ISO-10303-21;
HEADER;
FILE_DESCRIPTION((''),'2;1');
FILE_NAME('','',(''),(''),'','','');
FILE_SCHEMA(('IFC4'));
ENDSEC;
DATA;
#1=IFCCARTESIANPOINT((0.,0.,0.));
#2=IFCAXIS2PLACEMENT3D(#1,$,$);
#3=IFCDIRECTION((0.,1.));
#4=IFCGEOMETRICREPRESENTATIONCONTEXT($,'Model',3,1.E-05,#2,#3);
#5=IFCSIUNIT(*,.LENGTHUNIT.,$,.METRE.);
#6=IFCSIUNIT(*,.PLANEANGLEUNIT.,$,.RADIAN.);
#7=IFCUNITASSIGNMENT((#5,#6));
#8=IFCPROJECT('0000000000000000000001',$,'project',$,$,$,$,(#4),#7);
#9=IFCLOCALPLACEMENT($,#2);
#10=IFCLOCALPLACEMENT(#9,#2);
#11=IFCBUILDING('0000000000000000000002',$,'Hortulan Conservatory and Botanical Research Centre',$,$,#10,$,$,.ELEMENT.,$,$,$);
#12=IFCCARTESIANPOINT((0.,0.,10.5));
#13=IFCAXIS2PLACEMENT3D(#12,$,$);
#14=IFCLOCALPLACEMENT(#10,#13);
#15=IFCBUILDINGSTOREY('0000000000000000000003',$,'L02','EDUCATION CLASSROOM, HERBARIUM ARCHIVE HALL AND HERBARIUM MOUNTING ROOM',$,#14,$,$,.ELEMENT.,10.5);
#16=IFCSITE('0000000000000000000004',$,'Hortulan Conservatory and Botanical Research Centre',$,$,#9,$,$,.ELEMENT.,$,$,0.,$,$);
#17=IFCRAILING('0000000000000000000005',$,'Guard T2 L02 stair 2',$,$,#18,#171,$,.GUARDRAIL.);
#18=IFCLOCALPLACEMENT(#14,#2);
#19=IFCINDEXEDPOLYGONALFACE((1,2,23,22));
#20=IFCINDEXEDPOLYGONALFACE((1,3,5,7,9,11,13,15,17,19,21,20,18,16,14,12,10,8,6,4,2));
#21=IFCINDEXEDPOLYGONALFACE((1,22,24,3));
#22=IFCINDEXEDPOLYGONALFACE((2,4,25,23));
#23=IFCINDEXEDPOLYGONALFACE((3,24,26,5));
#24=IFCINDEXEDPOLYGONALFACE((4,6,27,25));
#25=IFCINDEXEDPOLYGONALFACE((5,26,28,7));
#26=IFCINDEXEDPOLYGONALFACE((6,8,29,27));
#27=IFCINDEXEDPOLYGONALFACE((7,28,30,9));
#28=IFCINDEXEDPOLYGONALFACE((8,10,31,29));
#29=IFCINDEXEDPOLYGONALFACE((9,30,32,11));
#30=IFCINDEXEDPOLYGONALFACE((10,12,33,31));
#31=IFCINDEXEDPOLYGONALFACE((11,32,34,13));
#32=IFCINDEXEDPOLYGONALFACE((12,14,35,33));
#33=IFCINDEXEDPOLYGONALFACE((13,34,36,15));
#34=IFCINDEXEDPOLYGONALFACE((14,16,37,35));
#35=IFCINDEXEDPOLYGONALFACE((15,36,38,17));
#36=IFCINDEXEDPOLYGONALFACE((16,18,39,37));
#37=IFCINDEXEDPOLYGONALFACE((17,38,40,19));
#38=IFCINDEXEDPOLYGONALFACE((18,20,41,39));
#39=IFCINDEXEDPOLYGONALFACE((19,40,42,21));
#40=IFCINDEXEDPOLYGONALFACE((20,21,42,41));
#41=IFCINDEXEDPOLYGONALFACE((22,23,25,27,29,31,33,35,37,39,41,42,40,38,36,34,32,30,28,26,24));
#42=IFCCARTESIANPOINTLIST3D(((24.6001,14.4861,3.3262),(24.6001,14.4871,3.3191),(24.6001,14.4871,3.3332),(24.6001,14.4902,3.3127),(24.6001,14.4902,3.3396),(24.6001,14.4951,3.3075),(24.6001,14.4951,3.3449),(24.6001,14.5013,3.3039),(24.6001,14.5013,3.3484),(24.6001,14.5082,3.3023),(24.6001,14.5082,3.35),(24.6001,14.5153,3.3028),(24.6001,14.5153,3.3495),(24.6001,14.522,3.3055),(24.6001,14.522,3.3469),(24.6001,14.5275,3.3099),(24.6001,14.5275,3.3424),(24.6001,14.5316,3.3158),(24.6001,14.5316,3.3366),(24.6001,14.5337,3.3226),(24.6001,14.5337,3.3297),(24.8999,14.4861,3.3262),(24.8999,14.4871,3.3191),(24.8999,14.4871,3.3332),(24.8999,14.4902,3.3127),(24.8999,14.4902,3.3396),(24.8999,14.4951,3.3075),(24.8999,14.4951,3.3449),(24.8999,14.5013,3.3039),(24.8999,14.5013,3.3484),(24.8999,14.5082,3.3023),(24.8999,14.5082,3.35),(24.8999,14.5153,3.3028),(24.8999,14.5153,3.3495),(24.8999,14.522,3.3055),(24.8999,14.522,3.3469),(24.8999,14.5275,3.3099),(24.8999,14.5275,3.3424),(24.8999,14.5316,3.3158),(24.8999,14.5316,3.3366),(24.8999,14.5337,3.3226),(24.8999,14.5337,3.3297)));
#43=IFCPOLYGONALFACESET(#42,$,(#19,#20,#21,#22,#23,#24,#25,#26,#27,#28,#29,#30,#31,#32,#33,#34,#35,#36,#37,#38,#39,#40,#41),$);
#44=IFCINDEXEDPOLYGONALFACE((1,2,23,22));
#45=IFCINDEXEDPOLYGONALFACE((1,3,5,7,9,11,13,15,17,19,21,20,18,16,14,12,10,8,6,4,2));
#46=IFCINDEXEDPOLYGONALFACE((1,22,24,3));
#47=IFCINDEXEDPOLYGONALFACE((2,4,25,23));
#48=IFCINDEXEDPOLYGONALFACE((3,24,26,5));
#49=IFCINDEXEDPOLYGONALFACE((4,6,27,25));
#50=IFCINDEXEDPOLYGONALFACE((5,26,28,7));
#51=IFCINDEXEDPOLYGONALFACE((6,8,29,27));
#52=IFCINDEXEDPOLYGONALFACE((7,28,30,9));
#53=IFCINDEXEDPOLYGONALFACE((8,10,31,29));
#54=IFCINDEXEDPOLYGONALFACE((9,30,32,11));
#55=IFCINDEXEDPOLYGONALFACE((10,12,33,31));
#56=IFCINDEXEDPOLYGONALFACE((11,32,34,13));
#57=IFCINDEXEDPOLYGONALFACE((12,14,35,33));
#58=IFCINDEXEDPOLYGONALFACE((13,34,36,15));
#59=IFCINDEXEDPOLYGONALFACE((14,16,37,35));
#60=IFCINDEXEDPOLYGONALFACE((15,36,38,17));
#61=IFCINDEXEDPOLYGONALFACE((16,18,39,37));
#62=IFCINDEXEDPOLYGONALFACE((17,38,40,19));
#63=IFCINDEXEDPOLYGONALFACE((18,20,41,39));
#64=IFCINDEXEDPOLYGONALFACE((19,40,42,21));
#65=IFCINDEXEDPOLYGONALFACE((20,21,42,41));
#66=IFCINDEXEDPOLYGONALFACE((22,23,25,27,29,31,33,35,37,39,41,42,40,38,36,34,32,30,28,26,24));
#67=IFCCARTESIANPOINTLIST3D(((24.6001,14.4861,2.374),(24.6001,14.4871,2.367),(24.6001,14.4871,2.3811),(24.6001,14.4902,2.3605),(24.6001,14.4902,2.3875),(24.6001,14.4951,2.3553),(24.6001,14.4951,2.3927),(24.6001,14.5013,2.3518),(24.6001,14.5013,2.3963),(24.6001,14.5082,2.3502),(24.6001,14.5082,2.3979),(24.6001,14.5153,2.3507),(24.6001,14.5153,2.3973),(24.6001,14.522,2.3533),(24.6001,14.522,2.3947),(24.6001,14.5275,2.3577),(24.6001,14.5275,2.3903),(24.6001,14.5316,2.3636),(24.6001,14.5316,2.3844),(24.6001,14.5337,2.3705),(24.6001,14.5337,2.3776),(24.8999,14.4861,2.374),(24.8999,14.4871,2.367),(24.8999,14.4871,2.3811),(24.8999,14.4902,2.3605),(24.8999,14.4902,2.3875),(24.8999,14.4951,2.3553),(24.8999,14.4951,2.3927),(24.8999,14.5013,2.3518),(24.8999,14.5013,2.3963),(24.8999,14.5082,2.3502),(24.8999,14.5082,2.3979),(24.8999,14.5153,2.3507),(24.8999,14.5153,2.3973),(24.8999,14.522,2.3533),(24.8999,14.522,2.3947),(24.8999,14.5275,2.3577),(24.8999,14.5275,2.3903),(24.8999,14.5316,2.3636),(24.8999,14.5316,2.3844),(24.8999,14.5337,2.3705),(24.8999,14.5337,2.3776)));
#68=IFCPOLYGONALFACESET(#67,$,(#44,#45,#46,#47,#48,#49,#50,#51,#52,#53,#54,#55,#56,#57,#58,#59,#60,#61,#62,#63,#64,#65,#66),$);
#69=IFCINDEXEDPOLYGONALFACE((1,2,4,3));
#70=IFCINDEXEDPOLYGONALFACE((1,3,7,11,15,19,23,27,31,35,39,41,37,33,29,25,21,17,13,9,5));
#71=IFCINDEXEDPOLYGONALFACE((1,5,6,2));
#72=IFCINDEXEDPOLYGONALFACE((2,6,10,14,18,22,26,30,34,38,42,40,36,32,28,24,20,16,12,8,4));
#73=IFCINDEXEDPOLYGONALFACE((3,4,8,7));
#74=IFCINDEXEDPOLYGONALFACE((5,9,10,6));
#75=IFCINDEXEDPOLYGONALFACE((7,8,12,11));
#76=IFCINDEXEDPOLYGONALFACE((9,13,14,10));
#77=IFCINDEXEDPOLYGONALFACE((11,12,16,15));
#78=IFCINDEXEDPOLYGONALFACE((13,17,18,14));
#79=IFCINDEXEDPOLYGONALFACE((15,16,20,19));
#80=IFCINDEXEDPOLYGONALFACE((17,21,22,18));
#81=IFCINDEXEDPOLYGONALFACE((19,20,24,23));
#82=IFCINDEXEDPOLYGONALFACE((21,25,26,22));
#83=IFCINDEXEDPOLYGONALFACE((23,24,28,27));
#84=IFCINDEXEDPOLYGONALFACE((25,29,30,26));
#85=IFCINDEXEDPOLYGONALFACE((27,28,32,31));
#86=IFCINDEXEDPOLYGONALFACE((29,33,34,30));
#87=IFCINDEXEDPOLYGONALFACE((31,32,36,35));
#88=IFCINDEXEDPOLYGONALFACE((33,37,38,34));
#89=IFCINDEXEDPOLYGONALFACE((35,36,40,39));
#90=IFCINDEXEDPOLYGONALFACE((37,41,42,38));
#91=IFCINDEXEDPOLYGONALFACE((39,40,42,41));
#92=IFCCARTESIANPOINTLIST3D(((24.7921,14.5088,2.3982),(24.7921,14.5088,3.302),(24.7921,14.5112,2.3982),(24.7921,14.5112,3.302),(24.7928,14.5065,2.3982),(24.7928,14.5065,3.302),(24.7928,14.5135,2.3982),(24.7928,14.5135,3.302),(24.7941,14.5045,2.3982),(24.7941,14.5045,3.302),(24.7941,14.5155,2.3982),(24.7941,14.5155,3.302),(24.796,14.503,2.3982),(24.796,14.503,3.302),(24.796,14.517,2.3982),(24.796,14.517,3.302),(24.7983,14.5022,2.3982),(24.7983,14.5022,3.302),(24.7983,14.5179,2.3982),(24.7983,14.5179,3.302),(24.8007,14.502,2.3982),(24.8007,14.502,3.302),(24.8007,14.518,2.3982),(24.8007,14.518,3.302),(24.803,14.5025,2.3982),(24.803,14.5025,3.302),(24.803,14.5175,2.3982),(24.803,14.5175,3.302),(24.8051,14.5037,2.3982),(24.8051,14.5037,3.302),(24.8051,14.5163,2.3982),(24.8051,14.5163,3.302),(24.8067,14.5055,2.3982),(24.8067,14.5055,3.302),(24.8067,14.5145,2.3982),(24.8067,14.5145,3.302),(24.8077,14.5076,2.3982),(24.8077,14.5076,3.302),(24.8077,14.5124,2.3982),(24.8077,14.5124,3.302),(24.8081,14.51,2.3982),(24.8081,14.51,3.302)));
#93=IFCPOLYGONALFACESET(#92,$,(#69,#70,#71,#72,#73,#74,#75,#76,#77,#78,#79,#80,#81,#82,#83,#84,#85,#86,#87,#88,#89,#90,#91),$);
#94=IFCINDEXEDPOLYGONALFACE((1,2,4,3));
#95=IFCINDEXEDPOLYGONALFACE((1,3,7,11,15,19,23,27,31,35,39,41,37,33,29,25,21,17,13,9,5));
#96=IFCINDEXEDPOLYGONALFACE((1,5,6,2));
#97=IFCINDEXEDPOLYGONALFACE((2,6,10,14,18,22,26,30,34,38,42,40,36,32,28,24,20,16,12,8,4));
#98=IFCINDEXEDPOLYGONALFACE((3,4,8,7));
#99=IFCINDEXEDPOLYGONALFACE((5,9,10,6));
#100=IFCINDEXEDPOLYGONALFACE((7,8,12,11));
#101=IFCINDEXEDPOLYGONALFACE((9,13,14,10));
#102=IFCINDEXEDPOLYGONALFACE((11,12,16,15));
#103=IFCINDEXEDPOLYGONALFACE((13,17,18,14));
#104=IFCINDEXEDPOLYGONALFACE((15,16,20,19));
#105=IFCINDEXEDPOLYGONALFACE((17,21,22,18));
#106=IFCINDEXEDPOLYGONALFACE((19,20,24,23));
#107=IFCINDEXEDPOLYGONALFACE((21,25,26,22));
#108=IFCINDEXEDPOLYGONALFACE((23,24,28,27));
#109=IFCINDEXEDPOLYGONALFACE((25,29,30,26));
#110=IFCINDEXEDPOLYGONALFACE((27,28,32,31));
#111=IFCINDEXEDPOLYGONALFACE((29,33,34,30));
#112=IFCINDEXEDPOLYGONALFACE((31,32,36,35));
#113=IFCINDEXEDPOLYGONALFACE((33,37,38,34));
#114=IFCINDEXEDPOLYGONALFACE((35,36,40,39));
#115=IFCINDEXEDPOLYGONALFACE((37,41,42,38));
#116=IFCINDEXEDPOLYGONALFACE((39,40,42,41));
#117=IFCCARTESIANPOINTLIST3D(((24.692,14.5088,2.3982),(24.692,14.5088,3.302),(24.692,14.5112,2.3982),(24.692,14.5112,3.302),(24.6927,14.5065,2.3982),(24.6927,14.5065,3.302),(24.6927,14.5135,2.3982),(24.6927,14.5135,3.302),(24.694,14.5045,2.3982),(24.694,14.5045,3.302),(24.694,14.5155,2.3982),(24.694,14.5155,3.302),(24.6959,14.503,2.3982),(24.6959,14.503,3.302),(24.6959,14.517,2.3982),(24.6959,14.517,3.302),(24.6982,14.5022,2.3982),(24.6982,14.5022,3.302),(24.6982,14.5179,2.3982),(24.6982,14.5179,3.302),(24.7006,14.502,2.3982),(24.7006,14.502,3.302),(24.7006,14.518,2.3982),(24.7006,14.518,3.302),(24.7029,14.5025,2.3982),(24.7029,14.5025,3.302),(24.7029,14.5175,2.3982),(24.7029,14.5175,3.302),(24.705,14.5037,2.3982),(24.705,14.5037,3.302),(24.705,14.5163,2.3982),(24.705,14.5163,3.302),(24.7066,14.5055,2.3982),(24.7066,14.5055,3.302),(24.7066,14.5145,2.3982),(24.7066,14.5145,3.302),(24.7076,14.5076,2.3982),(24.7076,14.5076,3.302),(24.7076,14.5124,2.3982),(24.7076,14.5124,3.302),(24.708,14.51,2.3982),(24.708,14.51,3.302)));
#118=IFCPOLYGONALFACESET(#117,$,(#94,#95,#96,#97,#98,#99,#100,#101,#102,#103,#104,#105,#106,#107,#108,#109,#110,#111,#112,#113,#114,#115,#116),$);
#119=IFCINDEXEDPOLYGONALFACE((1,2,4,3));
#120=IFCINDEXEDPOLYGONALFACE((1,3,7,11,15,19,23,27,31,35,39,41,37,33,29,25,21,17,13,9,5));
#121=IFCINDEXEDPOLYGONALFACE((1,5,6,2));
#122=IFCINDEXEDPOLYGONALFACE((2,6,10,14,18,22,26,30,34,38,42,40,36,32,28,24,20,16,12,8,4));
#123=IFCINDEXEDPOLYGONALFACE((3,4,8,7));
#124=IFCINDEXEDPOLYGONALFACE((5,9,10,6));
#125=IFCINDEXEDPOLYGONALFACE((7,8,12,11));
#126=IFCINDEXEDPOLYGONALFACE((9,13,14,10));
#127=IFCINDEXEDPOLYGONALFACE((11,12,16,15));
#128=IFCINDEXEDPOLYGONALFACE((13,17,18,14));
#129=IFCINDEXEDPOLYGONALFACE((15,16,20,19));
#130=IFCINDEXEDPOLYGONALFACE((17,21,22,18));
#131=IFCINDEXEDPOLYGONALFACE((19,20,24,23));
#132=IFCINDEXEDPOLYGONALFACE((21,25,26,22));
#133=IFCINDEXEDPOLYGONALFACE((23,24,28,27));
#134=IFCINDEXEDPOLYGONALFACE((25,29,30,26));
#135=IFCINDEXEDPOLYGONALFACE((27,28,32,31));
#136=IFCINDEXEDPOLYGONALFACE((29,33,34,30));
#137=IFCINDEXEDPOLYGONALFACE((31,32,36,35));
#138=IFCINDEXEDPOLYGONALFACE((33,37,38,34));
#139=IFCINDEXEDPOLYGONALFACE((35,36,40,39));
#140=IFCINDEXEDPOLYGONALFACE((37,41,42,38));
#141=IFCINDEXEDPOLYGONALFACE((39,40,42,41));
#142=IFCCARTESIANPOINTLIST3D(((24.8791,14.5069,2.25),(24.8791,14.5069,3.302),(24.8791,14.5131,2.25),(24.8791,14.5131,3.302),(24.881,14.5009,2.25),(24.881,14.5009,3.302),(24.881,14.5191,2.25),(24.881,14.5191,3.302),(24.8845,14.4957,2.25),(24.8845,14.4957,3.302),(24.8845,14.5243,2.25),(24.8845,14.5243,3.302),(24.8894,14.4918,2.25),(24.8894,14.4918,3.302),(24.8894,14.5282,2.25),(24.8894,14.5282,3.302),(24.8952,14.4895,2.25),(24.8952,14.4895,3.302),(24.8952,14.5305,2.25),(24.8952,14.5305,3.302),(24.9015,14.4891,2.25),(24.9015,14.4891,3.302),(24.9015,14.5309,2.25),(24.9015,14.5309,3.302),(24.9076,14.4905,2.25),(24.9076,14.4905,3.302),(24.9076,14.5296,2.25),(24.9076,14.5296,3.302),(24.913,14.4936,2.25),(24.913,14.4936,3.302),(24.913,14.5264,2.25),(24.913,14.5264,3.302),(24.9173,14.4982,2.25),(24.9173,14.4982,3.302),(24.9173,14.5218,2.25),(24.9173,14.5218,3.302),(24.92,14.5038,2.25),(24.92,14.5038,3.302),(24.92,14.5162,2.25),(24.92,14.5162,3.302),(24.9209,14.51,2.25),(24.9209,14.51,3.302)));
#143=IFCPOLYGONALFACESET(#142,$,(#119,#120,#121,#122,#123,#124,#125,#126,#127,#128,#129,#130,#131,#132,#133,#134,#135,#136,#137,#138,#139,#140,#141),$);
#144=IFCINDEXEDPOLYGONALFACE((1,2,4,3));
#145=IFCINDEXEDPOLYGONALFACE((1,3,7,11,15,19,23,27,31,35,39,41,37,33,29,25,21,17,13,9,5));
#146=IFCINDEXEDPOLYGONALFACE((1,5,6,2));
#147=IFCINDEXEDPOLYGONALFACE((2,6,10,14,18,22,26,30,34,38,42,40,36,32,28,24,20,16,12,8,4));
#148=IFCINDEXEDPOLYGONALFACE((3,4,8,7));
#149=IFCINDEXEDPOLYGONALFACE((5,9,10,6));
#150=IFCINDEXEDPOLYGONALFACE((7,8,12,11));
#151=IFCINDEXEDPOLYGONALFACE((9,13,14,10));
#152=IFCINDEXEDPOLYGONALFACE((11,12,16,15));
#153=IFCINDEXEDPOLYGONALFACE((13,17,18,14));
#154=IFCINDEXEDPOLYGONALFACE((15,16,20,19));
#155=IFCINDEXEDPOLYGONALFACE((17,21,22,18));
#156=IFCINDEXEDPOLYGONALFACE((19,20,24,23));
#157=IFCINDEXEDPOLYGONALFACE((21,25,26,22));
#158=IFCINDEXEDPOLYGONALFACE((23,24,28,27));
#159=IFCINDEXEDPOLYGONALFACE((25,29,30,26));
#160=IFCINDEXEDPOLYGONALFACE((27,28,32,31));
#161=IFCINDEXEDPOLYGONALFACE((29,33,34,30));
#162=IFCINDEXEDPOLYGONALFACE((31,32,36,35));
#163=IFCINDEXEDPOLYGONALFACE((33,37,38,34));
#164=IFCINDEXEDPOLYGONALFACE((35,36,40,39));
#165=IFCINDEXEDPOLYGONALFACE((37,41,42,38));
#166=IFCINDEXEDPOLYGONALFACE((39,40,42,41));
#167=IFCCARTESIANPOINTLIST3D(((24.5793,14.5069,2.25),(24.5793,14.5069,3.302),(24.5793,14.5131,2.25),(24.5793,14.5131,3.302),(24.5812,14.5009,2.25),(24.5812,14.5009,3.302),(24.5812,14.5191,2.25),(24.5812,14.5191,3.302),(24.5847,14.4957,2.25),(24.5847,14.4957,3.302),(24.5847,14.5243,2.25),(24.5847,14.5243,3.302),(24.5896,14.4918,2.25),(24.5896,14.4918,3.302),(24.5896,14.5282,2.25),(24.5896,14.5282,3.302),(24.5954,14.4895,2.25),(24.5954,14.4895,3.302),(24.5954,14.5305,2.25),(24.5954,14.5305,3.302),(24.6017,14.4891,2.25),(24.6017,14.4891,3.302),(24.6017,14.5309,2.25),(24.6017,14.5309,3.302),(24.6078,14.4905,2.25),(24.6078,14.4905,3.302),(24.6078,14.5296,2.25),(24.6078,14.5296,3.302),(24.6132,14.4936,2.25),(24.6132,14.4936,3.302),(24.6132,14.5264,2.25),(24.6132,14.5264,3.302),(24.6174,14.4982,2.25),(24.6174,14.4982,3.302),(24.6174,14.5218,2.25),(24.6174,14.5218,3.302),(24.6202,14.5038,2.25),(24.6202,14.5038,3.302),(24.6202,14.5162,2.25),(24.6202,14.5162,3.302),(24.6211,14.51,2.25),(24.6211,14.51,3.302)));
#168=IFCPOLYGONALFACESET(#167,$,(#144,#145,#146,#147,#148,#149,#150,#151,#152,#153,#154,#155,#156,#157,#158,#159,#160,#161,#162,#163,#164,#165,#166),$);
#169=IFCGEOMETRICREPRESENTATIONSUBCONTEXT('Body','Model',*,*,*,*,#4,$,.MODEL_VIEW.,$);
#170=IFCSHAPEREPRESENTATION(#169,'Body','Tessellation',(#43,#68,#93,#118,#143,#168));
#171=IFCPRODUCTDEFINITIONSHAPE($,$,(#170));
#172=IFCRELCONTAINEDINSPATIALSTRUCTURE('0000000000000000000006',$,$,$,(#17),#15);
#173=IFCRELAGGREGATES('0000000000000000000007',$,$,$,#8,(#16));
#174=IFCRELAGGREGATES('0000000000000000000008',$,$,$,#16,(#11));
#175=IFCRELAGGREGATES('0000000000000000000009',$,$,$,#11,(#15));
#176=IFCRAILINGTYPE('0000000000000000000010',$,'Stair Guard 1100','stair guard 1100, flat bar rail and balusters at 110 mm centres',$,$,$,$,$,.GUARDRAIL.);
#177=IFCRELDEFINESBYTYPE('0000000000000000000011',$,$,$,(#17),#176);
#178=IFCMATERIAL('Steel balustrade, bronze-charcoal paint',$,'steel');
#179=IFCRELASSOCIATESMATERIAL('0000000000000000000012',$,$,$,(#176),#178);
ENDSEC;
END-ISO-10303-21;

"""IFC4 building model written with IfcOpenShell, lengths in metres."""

from ifc_helpers import new_model, si_unit, direction, frame, origin, origin_2d, place, context, subcontext, project, spatial, circle, extrude, material, type_object, element, save


model = new_model("IFC4")

# Units and contexts
model_context = context("Model", 3, precision=1e-05, world=origin(), true_north=direction((0.0, 1.0)))
body_context = subcontext(model_context, "Body", "Model", "MODEL_VIEW")
ifc_project = project(units=[si_unit("LENGTHUNIT", "METRE"), si_unit("PLANEANGLEUNIT", "RADIAN")], contexts=[model_context])

# Site, building, storey
site_placement = place(None, origin())
site = spatial("IfcSite", under=ifc_project, at=site_placement, Name="Hortulan Conservatory and Botanical Research Centre", CompositionType="ELEMENT", RefElevation=0.0)
building_placement = place(site_placement, origin())
building = spatial("IfcBuilding", under=site, at=building_placement, Name="Hortulan Conservatory and Botanical Research Centre", CompositionType="ELEMENT")
storey_placement = place(building_placement, frame((0.0, 0.0, 10.5)))
storey = spatial("IfcBuildingStorey", under=building, at=storey_placement, Name="L02", Description="EDUCATION CLASSROOM, HERBARIUM ARCHIVE HALL AND HERBARIUM MOUNTING ROOM", CompositionType="ELEMENT", Elevation=10.5)

# Railing
ifc_material_1 = material(Name="Steel balustrade, bronze-charcoal paint", Category="steel")
railing_type_1 = type_object("IfcRailingType", Name="Stair Guard 1100", Description="stair guard 1100, flat bar rail and balusters at 110 mm centres", PredefinedType="GUARDRAIL", material=ifc_material_1)
railing_1_placement = place(storey_placement, frame((24.8999, 14.51, 2.25)))
element("IfcRailing", 1, at=railing_1_placement, inside=storey, type_object=railing_type_1, Name="Guard T2 L02 stair 2", PredefinedType="GUARDRAIL", context=body_context, shape_type="SweptSolid", body=[
    extrude(circle(Radius=0.0239, at=origin_2d()), frame((0.0, 0.0, 1.0762), z_axis=(-1.0, 0.0, 0.0), x_axis=(0.0, -1.0, 0.0)), (0.0, 0.0, 1.0), 0.2998),
    extrude(circle(Radius=0.0239, at=origin_2d()), frame((0.0, 0.0, 0.124), z_axis=(-1.0, 0.0, 0.0), x_axis=(0.0, -1.0, 0.0)), (0.0, 0.0, 1.0), 0.2998),
    extrude(circle(Radius=0.0081, at=origin_2d()), frame((-0.0999, 0.0, 0.1482)), (0.0, 0.0, 1.0), 0.9038),
    extrude(circle(Radius=0.0081, at=origin_2d()), frame((-0.2, 0.0, 0.1482)), (0.0, 0.0, 1.0), 0.9038),
    extrude(circle(Radius=0.021, at=origin_2d()), origin(), (0.0, 0.0, 1.0), 1.052),
    extrude(circle(Radius=0.021, at=origin_2d()), frame((-0.2998, 0.0, 0.0)), (0.0, 0.0, 1.0), 1.052),
])

save(model, "model.ifc")
